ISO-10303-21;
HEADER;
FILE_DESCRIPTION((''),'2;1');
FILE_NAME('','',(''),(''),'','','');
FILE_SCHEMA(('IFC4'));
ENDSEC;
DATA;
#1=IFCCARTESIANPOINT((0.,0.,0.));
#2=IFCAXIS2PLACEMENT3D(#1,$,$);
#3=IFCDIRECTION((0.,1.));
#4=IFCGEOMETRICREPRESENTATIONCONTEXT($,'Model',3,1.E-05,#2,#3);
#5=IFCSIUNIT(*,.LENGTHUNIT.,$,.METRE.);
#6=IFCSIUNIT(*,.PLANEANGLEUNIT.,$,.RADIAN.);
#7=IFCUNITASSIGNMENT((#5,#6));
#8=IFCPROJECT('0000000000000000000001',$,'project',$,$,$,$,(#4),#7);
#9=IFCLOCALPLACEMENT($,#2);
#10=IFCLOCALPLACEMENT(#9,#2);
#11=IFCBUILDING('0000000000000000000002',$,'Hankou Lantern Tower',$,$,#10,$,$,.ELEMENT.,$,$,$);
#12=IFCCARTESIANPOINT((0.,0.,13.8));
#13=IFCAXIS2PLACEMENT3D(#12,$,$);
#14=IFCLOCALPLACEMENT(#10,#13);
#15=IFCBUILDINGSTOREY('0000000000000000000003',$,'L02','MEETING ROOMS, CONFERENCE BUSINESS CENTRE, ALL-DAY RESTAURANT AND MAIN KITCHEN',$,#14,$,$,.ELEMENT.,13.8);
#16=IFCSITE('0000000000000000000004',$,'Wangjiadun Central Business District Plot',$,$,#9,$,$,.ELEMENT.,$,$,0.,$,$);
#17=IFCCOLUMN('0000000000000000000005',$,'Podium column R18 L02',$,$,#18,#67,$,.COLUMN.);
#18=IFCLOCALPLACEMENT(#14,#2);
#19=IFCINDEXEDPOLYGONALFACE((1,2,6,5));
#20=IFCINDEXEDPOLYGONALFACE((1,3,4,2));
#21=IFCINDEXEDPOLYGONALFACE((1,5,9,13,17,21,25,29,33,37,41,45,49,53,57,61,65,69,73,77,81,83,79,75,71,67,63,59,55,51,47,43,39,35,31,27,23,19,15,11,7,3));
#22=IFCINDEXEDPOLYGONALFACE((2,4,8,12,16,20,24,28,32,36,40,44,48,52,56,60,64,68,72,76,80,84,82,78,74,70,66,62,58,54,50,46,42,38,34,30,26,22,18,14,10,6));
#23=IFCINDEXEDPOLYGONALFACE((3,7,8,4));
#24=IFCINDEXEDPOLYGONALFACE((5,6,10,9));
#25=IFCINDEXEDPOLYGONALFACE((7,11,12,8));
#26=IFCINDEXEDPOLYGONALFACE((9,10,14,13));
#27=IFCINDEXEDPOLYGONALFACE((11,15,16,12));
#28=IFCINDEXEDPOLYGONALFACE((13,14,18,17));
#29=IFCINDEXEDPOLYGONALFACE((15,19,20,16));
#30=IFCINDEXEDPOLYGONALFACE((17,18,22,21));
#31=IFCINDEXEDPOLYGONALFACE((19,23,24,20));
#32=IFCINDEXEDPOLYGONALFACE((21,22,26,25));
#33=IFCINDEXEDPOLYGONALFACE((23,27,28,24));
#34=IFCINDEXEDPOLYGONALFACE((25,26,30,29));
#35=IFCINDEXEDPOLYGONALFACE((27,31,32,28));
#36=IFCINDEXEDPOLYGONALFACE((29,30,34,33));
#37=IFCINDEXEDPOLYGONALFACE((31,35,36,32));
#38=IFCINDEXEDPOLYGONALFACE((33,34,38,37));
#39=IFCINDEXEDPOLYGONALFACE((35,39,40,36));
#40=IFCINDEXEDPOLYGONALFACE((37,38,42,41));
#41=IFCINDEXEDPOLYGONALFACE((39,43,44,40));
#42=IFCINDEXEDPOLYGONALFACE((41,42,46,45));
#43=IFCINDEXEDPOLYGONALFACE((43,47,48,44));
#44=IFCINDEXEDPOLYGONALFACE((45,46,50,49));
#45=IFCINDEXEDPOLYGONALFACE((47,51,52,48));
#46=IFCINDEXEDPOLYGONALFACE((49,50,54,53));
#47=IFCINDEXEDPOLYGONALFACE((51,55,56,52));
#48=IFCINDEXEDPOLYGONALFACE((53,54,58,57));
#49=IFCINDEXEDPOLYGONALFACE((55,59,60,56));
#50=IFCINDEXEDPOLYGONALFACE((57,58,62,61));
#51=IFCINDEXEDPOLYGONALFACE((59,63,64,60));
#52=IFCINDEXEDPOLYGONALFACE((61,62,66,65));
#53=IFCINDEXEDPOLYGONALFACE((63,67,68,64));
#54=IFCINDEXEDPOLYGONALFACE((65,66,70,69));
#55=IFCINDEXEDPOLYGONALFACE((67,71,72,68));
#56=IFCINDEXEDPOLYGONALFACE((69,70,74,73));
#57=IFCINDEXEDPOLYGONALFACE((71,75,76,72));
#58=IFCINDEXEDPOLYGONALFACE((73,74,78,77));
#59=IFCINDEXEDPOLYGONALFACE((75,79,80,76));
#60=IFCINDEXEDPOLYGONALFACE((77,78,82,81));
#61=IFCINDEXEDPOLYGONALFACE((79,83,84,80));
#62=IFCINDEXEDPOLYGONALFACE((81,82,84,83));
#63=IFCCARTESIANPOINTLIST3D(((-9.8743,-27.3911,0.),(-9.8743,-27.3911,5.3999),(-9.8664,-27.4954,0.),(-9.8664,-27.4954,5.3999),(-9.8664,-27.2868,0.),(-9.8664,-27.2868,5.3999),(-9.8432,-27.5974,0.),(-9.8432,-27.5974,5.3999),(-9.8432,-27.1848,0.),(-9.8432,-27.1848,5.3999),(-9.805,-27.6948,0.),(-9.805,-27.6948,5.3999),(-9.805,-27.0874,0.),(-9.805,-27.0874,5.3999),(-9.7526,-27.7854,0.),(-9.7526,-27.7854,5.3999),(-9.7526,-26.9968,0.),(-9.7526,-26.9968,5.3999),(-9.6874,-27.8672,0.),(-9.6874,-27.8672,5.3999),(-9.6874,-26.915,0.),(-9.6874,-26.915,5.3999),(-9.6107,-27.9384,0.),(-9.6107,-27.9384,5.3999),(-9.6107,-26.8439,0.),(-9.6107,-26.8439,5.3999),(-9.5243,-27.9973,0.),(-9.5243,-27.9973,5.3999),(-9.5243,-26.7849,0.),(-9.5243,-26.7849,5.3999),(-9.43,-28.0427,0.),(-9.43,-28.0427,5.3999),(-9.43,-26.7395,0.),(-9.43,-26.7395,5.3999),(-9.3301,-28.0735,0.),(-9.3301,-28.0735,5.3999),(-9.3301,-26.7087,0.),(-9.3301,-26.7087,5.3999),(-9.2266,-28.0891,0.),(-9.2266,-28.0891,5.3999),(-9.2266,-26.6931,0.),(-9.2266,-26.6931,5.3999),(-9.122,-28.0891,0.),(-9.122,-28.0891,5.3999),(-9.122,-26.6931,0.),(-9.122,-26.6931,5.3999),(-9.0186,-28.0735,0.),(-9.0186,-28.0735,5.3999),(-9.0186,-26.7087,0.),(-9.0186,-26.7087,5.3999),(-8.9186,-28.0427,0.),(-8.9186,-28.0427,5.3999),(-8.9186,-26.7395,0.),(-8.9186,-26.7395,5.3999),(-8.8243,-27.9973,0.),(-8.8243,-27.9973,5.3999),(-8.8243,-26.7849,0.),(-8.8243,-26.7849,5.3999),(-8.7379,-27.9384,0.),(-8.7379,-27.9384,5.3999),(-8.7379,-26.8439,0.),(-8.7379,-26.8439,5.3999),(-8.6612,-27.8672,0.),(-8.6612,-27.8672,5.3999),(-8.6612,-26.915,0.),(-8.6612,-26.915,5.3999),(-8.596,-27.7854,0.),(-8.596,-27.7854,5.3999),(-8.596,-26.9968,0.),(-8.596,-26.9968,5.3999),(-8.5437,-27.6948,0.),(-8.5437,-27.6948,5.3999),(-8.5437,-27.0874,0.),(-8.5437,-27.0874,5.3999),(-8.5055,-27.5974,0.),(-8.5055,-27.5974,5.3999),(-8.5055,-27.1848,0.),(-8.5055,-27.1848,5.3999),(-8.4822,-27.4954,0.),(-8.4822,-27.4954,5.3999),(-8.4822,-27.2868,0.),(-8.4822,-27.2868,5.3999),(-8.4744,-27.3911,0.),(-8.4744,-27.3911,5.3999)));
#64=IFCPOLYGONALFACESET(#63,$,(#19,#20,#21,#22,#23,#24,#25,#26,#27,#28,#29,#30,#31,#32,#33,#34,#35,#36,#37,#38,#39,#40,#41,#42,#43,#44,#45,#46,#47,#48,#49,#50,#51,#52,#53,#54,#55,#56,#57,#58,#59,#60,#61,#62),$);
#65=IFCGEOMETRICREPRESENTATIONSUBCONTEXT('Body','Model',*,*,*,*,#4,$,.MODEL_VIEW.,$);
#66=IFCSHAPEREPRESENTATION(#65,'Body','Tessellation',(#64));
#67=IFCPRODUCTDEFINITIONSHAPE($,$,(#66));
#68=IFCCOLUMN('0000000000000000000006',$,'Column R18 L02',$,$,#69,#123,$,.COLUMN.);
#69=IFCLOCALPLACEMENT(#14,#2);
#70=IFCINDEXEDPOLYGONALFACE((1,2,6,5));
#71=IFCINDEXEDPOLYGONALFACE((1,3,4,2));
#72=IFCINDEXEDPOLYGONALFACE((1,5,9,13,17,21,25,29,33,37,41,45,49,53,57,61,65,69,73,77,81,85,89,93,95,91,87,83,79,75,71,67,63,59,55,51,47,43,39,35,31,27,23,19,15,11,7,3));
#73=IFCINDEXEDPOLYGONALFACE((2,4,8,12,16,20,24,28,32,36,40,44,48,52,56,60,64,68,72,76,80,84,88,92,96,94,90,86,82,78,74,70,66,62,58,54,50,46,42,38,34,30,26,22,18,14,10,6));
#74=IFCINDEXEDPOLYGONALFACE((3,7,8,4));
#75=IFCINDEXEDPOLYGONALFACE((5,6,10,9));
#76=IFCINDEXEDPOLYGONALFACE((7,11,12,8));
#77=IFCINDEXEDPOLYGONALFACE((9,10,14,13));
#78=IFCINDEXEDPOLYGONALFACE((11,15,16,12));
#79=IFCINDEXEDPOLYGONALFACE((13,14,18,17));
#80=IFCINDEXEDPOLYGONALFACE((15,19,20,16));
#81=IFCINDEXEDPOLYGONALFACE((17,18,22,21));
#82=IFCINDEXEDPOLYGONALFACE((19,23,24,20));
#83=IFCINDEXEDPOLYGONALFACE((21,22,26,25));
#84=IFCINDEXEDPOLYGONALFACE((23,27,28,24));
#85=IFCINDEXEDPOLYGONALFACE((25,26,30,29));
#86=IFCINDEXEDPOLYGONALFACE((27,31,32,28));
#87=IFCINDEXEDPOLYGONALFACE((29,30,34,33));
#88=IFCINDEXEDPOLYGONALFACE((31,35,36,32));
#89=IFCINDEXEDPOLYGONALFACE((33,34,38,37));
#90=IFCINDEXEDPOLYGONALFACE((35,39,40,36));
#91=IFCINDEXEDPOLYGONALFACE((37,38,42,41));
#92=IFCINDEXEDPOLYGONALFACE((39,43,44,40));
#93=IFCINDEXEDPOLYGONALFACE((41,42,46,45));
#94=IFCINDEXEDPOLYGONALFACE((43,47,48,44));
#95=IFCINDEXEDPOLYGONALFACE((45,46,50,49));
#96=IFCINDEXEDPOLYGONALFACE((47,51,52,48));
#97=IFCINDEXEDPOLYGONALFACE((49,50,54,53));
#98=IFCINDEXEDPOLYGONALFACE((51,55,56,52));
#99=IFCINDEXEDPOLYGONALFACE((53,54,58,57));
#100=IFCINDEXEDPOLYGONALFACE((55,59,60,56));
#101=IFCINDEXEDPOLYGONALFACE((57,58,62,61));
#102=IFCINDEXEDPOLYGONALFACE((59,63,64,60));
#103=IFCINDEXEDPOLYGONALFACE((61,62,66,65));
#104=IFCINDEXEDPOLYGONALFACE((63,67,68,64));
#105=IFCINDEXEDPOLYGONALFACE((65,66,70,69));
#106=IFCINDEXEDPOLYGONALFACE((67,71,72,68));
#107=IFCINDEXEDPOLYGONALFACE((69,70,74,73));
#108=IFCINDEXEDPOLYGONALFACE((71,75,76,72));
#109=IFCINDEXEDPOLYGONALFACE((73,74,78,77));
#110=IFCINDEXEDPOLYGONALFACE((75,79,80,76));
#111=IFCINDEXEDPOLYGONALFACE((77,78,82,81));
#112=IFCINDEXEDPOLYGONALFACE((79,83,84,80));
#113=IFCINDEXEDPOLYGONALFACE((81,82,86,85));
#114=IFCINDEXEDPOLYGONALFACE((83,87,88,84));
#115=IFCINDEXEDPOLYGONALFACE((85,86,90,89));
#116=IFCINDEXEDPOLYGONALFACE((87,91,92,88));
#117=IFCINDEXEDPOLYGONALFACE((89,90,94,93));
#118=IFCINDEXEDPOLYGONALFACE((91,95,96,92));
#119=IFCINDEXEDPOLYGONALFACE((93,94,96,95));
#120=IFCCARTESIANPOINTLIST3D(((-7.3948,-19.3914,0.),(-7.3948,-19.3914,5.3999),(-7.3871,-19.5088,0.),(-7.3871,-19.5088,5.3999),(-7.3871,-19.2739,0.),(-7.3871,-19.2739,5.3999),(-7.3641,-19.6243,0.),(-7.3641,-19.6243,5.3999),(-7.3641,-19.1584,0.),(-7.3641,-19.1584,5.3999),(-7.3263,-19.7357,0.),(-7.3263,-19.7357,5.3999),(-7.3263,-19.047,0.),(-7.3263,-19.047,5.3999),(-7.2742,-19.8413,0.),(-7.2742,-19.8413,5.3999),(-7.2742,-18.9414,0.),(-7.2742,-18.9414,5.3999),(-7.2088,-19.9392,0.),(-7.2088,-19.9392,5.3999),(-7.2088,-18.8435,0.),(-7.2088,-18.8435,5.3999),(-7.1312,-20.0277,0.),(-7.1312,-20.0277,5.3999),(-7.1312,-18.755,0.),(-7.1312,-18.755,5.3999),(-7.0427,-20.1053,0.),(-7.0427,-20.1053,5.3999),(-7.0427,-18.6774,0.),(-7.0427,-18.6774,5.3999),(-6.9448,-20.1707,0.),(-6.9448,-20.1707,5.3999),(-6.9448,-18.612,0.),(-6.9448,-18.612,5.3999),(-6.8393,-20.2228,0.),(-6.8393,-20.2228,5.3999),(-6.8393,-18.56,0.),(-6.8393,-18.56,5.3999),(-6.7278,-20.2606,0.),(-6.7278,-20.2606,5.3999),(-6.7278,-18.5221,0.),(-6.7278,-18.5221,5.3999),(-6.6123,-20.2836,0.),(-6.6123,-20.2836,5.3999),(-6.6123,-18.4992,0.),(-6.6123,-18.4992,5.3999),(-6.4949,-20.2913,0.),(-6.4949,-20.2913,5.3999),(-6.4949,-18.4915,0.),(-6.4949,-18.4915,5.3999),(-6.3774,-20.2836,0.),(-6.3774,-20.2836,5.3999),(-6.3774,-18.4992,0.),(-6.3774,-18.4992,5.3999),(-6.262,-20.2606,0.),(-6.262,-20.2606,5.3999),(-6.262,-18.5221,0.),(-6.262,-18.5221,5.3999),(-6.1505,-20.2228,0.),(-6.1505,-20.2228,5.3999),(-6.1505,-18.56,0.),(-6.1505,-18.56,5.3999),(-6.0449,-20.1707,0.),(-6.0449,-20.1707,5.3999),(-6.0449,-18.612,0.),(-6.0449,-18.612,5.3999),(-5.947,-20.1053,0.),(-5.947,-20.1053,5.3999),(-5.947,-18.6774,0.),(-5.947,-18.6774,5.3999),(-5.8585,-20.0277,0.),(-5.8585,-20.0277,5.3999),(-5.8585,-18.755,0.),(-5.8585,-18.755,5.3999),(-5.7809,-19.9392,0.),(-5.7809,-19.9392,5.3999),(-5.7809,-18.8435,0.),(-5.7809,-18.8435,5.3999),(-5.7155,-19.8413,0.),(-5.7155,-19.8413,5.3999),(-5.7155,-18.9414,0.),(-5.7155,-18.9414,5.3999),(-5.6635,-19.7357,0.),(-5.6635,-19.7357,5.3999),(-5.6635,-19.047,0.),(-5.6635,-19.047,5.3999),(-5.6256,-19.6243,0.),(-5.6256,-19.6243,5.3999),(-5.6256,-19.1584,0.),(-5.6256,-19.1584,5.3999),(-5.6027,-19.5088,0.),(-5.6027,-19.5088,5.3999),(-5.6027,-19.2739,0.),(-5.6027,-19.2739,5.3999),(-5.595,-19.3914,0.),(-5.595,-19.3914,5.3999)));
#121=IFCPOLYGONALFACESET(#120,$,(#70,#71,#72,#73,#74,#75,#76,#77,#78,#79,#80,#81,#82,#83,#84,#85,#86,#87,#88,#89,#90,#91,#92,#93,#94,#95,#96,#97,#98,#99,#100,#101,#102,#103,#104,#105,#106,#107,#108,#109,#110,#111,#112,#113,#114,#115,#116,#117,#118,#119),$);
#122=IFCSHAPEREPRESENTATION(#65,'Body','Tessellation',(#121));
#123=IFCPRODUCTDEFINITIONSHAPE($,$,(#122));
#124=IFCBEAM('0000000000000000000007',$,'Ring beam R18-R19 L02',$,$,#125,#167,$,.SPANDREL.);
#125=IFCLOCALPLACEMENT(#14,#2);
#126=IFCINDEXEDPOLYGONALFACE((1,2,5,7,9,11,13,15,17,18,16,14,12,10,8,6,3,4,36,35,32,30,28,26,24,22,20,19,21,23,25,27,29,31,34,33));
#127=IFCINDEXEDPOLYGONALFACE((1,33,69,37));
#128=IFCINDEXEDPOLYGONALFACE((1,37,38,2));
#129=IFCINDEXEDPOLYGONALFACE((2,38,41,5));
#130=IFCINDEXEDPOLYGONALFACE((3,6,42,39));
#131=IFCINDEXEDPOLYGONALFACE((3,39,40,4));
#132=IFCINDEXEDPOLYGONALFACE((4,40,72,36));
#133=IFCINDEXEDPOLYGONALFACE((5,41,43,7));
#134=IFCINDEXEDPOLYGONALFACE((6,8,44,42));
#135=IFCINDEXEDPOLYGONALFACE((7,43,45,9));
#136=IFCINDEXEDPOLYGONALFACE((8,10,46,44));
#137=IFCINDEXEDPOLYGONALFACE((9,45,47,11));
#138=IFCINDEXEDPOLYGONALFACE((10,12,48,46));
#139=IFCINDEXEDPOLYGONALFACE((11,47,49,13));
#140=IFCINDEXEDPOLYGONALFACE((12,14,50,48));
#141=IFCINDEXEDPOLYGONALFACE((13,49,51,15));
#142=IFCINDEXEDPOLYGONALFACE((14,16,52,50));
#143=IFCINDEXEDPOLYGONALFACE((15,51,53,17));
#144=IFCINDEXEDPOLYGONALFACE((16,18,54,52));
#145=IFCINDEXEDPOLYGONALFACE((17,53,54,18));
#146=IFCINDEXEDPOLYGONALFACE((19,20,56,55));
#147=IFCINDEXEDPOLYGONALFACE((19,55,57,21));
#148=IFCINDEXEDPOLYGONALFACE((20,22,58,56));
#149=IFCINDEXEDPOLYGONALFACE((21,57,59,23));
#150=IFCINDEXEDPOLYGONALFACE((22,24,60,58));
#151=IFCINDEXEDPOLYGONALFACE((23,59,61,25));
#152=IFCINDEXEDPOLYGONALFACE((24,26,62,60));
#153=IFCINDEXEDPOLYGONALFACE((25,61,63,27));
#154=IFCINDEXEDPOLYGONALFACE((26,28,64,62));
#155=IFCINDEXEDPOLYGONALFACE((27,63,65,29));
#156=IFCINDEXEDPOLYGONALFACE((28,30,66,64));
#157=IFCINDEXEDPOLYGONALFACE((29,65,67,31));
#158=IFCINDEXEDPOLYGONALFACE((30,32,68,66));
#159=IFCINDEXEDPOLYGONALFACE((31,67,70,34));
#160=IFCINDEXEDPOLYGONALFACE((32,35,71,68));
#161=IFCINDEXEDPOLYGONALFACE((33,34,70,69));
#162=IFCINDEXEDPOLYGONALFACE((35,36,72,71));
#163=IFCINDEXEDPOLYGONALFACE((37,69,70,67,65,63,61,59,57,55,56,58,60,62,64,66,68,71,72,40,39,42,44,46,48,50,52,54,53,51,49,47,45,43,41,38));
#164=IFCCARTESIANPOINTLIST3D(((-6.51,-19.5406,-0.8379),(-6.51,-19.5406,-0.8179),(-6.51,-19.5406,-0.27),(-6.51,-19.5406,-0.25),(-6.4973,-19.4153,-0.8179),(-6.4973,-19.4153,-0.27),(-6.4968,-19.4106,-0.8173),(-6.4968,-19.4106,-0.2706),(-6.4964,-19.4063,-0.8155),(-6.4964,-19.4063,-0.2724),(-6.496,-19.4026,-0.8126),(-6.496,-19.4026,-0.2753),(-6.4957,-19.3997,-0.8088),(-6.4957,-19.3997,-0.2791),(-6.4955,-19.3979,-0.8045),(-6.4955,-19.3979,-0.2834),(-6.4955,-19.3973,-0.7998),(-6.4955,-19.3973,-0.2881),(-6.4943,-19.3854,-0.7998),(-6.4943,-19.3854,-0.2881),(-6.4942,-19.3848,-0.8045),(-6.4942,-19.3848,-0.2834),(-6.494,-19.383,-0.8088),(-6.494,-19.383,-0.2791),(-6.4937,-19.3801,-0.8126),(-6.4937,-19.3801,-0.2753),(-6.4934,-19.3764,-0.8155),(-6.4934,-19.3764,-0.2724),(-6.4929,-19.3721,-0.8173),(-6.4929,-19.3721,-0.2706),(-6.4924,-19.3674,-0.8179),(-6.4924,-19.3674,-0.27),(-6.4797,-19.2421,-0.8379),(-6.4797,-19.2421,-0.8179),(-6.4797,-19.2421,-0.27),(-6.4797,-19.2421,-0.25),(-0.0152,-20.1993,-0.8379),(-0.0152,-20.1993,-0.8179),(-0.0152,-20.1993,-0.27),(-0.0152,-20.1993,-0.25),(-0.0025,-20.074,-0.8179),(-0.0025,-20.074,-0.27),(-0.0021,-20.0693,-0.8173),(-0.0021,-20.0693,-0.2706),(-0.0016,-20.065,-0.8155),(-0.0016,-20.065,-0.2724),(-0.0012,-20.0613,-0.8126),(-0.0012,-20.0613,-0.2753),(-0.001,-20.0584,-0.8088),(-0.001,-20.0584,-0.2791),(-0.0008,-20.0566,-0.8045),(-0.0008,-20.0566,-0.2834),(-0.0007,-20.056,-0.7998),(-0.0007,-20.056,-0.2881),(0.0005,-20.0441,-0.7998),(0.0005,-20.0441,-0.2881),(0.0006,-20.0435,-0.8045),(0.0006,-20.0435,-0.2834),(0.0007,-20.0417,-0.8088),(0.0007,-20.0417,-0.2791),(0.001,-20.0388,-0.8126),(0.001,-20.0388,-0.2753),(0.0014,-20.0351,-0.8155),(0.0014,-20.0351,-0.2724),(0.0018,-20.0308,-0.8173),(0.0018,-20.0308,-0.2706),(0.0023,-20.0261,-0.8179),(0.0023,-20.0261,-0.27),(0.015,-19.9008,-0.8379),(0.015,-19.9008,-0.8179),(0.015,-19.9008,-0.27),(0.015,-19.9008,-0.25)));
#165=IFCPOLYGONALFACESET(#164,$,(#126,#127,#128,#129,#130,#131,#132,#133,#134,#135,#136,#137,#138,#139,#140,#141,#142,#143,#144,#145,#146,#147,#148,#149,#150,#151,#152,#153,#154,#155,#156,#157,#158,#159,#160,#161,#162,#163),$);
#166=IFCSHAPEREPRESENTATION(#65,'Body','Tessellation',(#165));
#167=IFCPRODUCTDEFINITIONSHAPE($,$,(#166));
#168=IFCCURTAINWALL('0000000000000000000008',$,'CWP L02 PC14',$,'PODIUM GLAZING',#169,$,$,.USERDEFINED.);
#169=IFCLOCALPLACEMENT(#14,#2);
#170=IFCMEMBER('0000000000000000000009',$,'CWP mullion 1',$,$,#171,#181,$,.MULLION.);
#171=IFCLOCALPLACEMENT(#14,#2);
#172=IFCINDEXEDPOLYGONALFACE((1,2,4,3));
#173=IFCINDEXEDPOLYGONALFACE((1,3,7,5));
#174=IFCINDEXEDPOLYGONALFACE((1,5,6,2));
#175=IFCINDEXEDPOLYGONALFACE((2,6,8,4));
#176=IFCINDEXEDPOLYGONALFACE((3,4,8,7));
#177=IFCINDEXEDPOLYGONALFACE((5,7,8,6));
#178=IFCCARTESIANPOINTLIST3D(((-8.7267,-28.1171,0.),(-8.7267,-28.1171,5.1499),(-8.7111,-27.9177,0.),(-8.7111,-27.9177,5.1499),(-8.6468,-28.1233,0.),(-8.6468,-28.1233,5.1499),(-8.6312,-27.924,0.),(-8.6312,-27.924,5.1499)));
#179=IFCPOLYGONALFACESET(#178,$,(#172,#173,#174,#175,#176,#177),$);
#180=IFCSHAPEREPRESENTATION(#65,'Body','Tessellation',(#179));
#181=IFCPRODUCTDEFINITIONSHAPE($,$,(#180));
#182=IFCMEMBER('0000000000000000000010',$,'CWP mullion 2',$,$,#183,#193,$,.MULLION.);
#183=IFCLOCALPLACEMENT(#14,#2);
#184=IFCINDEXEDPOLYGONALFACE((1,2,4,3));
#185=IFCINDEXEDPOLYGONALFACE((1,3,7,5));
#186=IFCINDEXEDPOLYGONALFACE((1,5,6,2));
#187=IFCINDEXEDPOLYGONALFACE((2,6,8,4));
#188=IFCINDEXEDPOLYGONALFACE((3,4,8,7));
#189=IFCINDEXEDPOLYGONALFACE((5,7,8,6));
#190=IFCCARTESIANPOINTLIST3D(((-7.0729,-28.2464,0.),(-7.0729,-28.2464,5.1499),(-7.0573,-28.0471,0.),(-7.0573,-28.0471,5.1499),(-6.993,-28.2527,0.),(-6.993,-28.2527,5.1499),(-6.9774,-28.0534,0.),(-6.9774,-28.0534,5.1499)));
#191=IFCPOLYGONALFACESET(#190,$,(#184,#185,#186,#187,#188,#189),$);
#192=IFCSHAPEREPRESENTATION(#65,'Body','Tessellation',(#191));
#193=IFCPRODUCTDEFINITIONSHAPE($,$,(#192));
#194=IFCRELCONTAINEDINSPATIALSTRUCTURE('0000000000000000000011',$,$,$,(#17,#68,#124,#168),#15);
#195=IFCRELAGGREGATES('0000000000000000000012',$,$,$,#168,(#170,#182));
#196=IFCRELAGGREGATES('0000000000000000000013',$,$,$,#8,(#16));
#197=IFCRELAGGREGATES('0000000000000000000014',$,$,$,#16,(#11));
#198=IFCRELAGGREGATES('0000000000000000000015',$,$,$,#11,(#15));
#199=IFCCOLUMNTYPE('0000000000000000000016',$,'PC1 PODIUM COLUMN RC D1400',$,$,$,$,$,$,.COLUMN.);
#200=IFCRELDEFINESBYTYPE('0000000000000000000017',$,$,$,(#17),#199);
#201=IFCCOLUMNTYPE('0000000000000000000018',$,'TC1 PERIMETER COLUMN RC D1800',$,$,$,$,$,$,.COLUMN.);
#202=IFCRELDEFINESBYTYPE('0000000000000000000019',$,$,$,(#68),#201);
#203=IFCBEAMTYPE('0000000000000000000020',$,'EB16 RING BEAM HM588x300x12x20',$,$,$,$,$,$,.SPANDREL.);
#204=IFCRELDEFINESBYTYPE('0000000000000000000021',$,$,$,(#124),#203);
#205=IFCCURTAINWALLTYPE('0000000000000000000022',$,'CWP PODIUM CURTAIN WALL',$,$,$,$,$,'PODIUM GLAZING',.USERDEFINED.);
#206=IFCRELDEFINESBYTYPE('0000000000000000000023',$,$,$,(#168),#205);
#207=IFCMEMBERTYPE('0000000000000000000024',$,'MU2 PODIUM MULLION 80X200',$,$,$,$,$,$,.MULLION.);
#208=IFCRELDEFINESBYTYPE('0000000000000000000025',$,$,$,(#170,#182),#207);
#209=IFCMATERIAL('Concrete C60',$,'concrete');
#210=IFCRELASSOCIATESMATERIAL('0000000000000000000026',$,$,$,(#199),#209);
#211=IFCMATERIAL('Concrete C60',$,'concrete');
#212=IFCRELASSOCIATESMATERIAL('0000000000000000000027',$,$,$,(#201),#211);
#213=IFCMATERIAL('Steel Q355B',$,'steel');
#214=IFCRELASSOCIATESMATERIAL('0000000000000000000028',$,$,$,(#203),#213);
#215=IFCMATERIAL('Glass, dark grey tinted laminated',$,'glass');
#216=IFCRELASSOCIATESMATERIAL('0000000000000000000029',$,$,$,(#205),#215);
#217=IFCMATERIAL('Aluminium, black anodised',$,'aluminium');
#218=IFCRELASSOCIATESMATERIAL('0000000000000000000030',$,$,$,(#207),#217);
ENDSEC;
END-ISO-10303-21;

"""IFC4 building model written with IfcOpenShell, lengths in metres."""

from ifc_helpers import new_model, si_unit, direction, frame, origin, origin_2d, place, context, subcontext, project, spatial, rectangle, circle, i_section, extrude, material, material_profile, profile_set, type_object, element, aggregate, save


model = new_model("IFC4")

# Units and contexts
model_context = context("Model", 3, precision=1e-05, world=origin(), true_north=direction((0.0, 1.0)))
body_context = subcontext(model_context, "Body", "Model", "MODEL_VIEW")
ifc_project = project(units=[si_unit("LENGTHUNIT", "METRE"), si_unit("PLANEANGLEUNIT", "RADIAN")], contexts=[model_context])

# Site, building, storey
site_placement = place(None, origin())
site = spatial("IfcSite", under=ifc_project, at=site_placement, Name="Wangjiadun Central Business District Plot", CompositionType="ELEMENT", RefElevation=0.0)
building_placement = place(site_placement, origin())
building = spatial("IfcBuilding", under=site, at=building_placement, Name="Hankou Lantern Tower", CompositionType="ELEMENT")
storey_placement = place(building_placement, frame((0.0, 0.0, 13.8)))
storey = spatial("IfcBuildingStorey", under=building, at=storey_placement, Name="L02", Description="MEETING ROOMS, CONFERENCE BUSINESS CENTRE, ALL-DAY RESTAURANT AND MAIN KITCHEN", CompositionType="ELEMENT", Elevation=13.8)

# Columns
ifc_material_1 = material(Name="Concrete C60", Category="concrete")
ifc_material_profile_1 = material_profile(ifc_material_1, circle(Radius=0.7, at=origin_2d()), Name="RC D1400")
ifc_profile_set_1 = profile_set([ifc_material_profile_1], Name="Concrete C60")
column_type_1 = type_object("IfcColumnType", Name="PC1 PODIUM COLUMN RC D1400", PredefinedType="COLUMN", material=ifc_profile_set_1)
column_1_placement = place(storey_placement, frame((-9.1743, -27.3911, 0.0), z_axis=(0.0, 0.0, 1.0), x_axis=(1.0, 0.0, 0.0)))
element("IfcColumn", 1, at=column_1_placement, inside=storey, type_object=column_type_1, Name="Podium column R18 L02", PredefinedType="COLUMN", context=body_context, shape_type="SweptSolid", body=[
    extrude(circle(Radius=0.7, at=origin_2d()), origin(), (0.0, 0.0, 1.0), 5.3999),
])
ifc_material_2 = material(Name="Concrete C60", Category="concrete")
ifc_material_profile_2 = material_profile(ifc_material_2, circle(Radius=0.8999, at=origin_2d()), Name="RC D1800")
ifc_profile_set_2 = profile_set([ifc_material_profile_2], Name="Concrete C60")
column_type_2 = type_object("IfcColumnType", Name="TC1 PERIMETER COLUMN RC D1800", PredefinedType="COLUMN", material=ifc_profile_set_2)
column_2_placement = place(storey_placement, frame((-6.4949, -19.3914, 0.0), z_axis=(0.0, 0.0, 1.0), x_axis=(1.0, 0.0, 0.0)))
element("IfcColumn", 2, at=column_2_placement, inside=storey, type_object=column_type_2, Name="Column R18 L02", PredefinedType="COLUMN", context=body_context, shape_type="SweptSolid", body=[
    extrude(circle(Radius=0.8999, at=origin_2d()), origin(), (0.0, 0.0, 1.0), 5.3999),
])

# Beam
ifc_material_3 = material(Name="Steel Q355B", Category="steel")
ifc_material_profile_3 = material_profile(ifc_material_3, i_section(OverallWidth=0.3, OverallDepth=0.5879, WebThickness=0.012, FlangeThickness=0.02, FilletRadius=0.0181, at=origin_2d()), Name="HM588x300x12x20")
ifc_profile_set_3 = profile_set([ifc_material_profile_3], Name="Steel Q355B")
beam_type_1 = type_object("IfcBeamType", Name="EB16 RING BEAM HM588x300x12x20", PredefinedType="SPANDREL", material=ifc_profile_set_3)
beam_1_placement = place(storey_placement, frame((-6.4949, -19.3914, -0.5439), z_axis=(0.994897, -0.1009, 0.0), x_axis=(0.1009, 0.994897, 0.0)))
element("IfcBeam", 3, at=beam_1_placement, inside=storey, type_object=beam_type_1, Name="Ring beam R18-R19 L02", PredefinedType="SPANDREL", context=body_context, shape_type="SweptSolid", body=[
    extrude(i_section(OverallWidth=0.3, OverallDepth=0.5879, WebThickness=0.012, FlangeThickness=0.02, FilletRadius=0.0181, at=origin_2d()), origin(), (0.0, 0.0, 1.0), 6.5281),
])

# Curtain wall, members
ifc_material_4 = material(Name="Glass, dark grey tinted laminated", Category="glass")
curtain_wall_type = type_object("IfcCurtainWallType", Name="CWP PODIUM CURTAIN WALL", ElementType="PODIUM GLAZING", PredefinedType="USERDEFINED", material=ifc_material_4)
curtain_wall_placement = place(storey_placement, origin())
curtain_wall = element("IfcCurtainWall", 4, at=curtain_wall_placement, inside=storey, type_object=curtain_wall_type, Name="CWP L02 PC14", ObjectType="PODIUM GLAZING", PredefinedType="USERDEFINED")
ifc_material_5 = material(Name="Aluminium, black anodised", Category="aluminium")
ifc_material_profile_4 = material_profile(ifc_material_5, rectangle(XDim=0.0801, YDim=0.2, at=origin_2d()), Name="MU2 80X200")
ifc_profile_set_4 = profile_set([ifc_material_profile_4], Name="Aluminium, black anodised")
member_type_1 = type_object("IfcMemberType", Name="MU2 PODIUM MULLION 80X200", PredefinedType="MULLION", material=ifc_profile_set_4)
member_1_placement = place(storey_placement, frame((-8.679, -28.0205, 0.0), z_axis=(0.0, 0.0, 1.0), x_axis=(0.996949, -0.078062, 0.0)))
member_1 = element("IfcMember", 5, at=member_1_placement, type_object=member_type_1, Name="CWP mullion 1", PredefinedType="MULLION", context=body_context, shape_type="SweptSolid", body=[
    extrude(rectangle(XDim=0.0801, YDim=0.2, at=origin_2d()), origin(), (0.0, 0.0, 1.0), 5.1499),
])
member_2_placement = place(storey_placement, frame((-7.0251, -28.1499, 0.0), z_axis=(0.0, 0.0, 1.0), x_axis=(0.996949, -0.078062, 0.0)))
member_2 = element("IfcMember", 6, at=member_2_placement, type_object=member_type_1, Name="CWP mullion 2", PredefinedType="MULLION", context=body_context, shape_type="SweptSolid", body=[
    extrude(rectangle(XDim=0.0801, YDim=0.2, at=origin_2d()), origin(), (0.0, 0.0, 1.0), 5.1499),
])

aggregate(curtain_wall, [member_1, member_2])

save(model, "model.ifc")
